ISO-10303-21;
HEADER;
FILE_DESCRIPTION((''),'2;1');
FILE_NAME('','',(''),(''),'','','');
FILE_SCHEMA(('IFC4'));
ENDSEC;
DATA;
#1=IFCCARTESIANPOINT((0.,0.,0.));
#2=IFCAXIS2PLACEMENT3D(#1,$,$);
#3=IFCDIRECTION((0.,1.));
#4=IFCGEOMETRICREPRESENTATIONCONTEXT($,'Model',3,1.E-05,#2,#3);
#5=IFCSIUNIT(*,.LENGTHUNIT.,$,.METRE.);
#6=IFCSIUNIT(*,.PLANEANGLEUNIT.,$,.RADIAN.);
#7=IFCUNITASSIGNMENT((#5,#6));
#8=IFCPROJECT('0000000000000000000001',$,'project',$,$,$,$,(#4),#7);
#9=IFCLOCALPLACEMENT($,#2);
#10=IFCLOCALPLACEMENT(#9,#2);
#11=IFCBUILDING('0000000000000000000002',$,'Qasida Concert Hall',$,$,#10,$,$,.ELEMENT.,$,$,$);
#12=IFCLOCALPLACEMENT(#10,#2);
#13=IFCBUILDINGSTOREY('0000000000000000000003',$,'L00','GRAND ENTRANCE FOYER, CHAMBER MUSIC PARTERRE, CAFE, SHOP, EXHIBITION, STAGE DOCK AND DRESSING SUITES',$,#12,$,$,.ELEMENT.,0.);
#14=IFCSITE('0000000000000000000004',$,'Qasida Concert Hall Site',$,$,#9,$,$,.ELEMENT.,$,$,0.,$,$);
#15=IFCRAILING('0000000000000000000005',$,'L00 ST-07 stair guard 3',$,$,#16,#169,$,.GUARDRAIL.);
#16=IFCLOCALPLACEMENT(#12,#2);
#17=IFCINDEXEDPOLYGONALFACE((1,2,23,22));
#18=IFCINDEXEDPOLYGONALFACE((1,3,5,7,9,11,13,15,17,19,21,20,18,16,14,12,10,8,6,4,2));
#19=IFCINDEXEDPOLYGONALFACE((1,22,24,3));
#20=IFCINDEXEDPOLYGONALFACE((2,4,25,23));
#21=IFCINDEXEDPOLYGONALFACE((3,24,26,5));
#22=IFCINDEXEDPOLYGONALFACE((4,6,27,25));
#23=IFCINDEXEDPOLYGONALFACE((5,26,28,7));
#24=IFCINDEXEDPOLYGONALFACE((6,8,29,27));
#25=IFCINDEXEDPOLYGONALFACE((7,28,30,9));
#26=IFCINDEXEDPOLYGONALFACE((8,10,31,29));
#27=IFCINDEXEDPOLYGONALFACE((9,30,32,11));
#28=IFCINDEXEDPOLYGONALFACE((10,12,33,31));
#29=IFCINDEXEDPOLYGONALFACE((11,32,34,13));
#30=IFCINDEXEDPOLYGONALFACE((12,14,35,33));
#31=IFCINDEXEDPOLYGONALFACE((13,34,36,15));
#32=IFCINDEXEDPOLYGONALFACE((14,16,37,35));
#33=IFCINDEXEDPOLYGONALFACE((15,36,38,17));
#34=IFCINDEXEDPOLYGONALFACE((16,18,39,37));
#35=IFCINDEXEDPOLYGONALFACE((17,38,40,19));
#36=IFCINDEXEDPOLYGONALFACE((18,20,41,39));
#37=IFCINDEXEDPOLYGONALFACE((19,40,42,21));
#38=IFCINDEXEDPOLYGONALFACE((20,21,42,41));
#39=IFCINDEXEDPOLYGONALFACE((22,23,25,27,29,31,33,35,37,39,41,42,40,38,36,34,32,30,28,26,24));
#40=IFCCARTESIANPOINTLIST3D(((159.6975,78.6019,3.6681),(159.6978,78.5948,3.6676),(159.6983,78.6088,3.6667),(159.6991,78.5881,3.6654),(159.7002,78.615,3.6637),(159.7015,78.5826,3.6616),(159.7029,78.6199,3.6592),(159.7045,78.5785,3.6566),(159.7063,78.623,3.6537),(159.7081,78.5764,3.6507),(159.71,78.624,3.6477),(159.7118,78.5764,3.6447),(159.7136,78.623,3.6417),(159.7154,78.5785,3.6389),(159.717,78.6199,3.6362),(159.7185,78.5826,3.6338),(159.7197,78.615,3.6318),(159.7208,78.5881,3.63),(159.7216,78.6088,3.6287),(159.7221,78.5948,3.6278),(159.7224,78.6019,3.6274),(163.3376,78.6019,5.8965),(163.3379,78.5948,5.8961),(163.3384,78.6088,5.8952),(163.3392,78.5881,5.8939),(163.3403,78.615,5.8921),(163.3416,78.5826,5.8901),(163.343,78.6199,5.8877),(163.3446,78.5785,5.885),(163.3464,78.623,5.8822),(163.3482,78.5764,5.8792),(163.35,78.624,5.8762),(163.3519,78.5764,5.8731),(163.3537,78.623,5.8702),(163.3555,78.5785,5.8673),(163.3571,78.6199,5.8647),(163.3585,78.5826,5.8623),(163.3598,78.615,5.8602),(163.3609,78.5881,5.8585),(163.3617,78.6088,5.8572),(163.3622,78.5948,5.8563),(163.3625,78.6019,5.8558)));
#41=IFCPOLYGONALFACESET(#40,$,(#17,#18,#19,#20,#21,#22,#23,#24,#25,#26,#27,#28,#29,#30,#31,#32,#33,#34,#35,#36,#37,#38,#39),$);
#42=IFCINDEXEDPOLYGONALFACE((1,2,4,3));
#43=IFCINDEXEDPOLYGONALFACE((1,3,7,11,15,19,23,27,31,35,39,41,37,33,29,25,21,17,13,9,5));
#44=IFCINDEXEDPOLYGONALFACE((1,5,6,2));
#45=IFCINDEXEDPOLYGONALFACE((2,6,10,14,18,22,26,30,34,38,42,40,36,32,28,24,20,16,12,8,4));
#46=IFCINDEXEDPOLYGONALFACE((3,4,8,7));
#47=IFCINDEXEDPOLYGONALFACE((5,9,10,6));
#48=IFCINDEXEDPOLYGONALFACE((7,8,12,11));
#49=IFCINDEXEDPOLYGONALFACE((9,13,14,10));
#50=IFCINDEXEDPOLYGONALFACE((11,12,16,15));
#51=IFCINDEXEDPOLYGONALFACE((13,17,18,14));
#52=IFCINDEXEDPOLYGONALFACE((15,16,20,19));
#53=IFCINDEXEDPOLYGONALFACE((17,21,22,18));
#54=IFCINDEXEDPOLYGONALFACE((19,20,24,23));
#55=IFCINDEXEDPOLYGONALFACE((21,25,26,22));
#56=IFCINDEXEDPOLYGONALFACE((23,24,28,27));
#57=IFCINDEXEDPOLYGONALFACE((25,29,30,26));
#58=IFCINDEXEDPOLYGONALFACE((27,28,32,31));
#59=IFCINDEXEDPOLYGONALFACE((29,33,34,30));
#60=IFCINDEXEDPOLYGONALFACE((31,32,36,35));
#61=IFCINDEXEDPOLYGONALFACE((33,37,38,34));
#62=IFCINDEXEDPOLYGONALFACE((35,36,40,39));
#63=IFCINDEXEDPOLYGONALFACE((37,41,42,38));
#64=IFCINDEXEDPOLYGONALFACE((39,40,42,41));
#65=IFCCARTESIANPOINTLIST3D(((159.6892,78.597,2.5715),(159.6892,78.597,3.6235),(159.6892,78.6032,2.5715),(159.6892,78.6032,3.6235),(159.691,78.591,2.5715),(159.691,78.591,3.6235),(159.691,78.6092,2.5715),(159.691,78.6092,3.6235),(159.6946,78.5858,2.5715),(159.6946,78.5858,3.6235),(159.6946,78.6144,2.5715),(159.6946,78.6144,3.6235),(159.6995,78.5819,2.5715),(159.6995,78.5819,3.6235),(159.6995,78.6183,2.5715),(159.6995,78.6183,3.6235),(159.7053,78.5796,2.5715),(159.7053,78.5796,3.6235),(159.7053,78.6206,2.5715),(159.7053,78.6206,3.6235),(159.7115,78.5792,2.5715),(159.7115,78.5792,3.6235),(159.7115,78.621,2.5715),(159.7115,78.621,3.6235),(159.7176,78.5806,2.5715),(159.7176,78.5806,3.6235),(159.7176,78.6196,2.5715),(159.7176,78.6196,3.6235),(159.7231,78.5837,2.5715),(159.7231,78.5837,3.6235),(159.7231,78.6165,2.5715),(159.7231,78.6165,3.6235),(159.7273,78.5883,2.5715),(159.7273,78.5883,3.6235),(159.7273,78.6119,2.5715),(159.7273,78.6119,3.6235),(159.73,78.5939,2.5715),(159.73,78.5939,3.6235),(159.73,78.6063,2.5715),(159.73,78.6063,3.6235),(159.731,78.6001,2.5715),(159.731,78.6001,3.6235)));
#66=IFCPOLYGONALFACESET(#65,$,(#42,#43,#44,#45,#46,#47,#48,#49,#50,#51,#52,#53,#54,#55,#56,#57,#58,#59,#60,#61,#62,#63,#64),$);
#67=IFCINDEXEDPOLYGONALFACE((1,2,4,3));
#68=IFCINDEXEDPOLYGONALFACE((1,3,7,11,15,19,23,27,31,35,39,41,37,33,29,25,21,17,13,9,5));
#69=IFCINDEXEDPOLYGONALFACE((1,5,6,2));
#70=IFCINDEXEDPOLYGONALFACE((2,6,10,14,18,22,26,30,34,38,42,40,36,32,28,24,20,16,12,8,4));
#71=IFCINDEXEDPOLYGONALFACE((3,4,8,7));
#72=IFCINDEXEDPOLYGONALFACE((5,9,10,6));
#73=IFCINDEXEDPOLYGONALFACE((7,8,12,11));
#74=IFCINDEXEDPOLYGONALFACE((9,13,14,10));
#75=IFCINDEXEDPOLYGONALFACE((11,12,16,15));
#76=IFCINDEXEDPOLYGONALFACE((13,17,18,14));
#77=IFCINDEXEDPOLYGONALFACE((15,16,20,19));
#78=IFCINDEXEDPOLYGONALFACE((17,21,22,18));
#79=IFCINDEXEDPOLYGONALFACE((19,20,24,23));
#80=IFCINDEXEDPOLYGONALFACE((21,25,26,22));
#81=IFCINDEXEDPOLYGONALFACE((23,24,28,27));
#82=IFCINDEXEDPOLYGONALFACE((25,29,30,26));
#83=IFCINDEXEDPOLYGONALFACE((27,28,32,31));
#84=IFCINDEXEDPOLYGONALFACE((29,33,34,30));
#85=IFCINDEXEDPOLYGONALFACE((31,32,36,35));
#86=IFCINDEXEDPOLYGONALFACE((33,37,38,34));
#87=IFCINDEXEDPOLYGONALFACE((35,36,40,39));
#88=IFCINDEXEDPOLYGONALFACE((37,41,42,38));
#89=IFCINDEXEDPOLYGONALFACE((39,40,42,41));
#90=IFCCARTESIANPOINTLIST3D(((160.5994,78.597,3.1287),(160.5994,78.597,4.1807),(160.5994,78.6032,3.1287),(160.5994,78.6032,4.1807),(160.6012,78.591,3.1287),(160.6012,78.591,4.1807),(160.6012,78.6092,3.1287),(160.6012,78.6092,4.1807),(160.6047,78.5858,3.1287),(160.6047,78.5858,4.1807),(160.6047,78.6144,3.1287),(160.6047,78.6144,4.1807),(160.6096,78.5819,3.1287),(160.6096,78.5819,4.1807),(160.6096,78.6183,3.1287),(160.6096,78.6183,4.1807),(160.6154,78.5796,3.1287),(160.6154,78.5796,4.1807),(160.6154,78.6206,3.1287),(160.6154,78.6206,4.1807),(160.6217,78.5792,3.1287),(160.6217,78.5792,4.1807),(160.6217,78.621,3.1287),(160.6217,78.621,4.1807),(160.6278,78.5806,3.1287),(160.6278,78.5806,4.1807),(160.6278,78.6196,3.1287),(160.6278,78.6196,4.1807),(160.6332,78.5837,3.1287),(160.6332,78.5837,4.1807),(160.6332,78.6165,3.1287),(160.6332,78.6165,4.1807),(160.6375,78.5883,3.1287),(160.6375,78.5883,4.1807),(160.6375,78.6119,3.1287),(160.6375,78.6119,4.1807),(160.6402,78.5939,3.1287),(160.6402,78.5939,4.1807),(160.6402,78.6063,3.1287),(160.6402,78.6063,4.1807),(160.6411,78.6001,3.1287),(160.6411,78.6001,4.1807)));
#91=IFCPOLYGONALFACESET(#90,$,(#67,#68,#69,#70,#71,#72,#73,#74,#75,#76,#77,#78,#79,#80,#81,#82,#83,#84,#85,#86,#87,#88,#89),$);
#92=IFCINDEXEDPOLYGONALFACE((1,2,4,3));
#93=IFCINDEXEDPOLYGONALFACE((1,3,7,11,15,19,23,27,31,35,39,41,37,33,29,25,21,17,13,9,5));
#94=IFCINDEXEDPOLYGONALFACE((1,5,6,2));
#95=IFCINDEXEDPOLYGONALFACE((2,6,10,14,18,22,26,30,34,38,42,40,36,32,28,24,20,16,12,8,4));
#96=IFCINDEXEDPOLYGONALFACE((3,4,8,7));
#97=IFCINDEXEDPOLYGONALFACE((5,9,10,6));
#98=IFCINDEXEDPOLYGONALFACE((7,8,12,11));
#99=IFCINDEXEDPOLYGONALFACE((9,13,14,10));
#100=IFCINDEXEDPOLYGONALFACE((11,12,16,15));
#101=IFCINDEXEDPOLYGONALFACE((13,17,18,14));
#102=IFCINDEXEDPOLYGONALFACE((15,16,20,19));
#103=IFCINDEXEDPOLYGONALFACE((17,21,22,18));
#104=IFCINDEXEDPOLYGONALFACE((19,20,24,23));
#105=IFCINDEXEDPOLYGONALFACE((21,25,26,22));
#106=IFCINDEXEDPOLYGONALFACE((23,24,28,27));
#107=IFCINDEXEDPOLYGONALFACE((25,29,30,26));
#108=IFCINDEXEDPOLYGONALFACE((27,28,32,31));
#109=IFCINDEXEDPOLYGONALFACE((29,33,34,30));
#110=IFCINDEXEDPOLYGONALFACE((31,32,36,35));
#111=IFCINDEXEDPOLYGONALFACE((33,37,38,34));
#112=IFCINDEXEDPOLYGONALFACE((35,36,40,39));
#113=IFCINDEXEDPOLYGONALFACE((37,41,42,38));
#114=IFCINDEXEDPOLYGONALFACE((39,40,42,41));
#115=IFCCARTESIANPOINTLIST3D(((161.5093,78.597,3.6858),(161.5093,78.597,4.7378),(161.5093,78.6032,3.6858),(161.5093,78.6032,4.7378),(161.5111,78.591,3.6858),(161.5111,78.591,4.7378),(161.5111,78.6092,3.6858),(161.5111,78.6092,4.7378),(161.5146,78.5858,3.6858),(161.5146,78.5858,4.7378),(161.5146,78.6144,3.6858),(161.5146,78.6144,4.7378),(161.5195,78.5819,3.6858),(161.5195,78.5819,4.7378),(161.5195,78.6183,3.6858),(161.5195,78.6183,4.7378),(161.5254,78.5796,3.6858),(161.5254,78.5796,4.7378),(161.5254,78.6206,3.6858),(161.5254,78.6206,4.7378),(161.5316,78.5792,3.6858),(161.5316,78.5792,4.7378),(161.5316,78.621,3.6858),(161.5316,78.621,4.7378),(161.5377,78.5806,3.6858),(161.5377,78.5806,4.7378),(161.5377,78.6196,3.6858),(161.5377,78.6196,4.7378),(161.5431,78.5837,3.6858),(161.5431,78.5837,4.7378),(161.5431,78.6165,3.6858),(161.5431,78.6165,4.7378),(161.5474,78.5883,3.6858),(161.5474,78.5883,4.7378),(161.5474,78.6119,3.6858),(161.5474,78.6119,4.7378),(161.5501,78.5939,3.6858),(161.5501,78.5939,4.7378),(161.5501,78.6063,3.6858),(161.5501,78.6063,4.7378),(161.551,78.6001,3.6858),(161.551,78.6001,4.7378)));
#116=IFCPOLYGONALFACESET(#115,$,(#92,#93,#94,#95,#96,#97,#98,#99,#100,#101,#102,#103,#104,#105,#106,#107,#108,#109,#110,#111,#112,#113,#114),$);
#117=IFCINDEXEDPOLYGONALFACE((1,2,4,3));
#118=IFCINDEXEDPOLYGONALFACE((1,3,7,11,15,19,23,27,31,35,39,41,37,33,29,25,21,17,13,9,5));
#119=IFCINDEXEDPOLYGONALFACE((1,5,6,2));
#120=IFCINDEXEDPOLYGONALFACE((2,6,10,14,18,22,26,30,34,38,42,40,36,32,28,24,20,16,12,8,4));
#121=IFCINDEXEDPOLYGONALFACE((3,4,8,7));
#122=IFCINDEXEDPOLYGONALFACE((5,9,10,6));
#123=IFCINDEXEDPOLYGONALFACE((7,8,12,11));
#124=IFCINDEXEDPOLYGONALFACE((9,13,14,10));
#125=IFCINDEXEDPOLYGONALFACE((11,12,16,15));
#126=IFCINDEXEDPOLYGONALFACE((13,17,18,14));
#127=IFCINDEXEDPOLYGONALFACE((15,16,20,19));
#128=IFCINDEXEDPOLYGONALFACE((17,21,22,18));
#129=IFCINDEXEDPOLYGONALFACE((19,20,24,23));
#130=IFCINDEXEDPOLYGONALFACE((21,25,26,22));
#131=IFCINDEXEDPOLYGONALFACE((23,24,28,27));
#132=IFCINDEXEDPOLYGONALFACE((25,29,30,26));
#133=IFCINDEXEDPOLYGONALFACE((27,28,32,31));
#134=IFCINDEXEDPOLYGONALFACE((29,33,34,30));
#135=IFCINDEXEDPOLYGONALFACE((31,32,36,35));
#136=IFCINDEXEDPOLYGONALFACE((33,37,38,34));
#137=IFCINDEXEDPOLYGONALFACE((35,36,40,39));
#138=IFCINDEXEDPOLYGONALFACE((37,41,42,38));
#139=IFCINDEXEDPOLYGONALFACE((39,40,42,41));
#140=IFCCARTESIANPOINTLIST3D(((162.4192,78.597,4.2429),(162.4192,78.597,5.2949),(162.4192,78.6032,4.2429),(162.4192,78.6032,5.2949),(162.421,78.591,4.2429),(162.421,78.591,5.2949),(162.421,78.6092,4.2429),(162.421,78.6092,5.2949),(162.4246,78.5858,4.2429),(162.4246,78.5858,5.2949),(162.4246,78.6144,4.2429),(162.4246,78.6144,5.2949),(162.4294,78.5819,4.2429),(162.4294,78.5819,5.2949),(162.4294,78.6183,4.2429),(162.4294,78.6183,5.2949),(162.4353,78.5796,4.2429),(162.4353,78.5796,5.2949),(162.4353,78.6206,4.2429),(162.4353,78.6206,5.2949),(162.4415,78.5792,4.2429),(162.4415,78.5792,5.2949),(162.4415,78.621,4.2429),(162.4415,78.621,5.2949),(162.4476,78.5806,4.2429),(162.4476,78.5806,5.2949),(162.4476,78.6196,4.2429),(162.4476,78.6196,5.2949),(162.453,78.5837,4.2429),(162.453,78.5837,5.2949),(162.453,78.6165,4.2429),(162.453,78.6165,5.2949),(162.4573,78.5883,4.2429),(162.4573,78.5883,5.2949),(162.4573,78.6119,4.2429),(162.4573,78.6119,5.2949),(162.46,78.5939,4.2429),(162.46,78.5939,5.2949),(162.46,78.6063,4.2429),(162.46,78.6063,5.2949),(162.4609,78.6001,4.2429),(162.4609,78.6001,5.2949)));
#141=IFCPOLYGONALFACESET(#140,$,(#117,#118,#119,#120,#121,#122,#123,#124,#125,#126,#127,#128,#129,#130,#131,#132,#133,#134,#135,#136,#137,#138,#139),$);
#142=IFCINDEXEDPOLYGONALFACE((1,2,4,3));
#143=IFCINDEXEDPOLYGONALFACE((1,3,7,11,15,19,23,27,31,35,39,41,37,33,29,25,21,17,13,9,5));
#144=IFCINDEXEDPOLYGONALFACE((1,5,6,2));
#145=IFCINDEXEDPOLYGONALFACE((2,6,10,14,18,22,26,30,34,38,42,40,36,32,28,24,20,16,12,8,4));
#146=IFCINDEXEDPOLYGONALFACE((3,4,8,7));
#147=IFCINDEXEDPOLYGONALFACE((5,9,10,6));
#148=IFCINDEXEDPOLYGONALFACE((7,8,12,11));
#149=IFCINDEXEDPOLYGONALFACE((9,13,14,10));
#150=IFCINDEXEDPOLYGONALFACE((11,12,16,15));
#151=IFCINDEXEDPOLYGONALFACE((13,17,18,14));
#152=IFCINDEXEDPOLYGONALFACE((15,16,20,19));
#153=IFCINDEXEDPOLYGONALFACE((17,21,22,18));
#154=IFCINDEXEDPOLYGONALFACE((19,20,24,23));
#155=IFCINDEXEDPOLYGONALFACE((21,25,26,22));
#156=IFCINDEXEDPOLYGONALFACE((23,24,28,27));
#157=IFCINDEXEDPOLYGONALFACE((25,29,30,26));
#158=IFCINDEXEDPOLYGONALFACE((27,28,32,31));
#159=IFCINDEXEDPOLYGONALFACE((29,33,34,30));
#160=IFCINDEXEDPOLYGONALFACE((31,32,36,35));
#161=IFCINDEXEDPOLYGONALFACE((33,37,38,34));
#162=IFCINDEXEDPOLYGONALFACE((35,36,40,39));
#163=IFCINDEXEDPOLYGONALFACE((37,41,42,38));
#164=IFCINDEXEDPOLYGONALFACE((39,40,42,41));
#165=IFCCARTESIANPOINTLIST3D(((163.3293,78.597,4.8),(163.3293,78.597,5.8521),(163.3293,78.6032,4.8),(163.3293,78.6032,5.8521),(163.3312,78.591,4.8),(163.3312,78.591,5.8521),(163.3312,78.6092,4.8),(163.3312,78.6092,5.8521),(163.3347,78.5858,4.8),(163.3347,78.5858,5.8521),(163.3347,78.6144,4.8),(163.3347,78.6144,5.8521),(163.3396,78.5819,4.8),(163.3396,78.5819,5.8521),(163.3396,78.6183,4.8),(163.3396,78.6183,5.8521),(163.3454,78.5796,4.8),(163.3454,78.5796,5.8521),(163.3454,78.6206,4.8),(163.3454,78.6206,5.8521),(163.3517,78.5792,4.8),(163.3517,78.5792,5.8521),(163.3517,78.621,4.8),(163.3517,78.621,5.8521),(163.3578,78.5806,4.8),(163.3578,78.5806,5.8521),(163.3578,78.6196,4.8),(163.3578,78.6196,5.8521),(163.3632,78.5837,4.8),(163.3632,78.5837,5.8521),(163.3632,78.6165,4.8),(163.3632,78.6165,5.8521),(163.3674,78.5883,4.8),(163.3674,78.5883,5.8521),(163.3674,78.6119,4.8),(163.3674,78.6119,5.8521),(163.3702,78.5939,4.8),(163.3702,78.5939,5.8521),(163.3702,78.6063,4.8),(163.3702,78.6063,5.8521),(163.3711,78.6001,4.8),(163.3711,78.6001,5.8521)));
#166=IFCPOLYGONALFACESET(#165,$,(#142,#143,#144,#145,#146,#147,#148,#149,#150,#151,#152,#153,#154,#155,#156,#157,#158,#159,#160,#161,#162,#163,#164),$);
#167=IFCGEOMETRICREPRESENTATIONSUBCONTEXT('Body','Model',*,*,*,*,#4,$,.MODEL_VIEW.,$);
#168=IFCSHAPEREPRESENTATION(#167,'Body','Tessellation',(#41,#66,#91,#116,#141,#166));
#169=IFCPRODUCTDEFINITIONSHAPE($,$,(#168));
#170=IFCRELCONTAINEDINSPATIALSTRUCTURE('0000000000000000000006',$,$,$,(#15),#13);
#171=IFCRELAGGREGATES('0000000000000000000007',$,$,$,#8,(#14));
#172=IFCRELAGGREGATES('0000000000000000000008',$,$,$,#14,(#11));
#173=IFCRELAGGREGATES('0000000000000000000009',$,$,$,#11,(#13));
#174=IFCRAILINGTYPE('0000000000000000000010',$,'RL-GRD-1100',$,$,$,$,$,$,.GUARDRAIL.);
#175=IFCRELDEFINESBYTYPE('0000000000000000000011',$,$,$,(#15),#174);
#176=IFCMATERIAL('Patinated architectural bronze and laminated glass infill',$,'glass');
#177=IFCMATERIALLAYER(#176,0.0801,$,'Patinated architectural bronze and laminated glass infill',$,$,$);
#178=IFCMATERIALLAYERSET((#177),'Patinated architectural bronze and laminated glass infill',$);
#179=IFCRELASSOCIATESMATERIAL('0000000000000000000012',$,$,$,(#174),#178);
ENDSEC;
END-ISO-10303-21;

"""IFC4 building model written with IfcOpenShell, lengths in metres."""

from ifc_helpers import new_model, si_unit, direction, frame, origin, origin_2d, place, context, subcontext, project, spatial, circle, extrude, material, layer, layer_set, type_object, element, save


model = new_model("IFC4")

# Units and contexts
model_context = context("Model", 3, precision=1e-05, world=origin(), true_north=direction((0.0, 1.0)))
body_context = subcontext(model_context, "Body", "Model", "MODEL_VIEW")
ifc_project = project(units=[si_unit("LENGTHUNIT", "METRE"), si_unit("PLANEANGLEUNIT", "RADIAN")], contexts=[model_context])

# Site, building, storey
site_placement = place(None, origin())
site = spatial("IfcSite", under=ifc_project, at=site_placement, Name="Qasida Concert Hall Site", CompositionType="ELEMENT", RefElevation=0.0)
building_placement = place(site_placement, origin())
building = spatial("IfcBuilding", under=site, at=building_placement, Name="Qasida Concert Hall", CompositionType="ELEMENT")
storey_placement = place(building_placement, origin())
storey = spatial("IfcBuildingStorey", under=building, at=storey_placement, Name="L00", Description="GRAND ENTRANCE FOYER, CHAMBER MUSIC PARTERRE, CAFE, SHOP, EXHIBITION, STAGE DOCK AND DRESSING SUITES", CompositionType="ELEMENT", Elevation=0.0)

# Railing
ifc_material_1 = material(Name="Patinated architectural bronze and laminated glass infill", Category="glass")
ifc_layer_1 = layer(ifc_material_1, 0.0801, Name="Patinated architectural bronze and laminated glass infill")
ifc_layer_set_1 = layer_set([ifc_layer_1], Name="Patinated architectural bronze and laminated glass infill")
railing_type_1 = type_object("IfcRailingType", Name="RL-GRD-1100", PredefinedType="GUARDRAIL", material=ifc_layer_set_1)
railing_1_placement = place(storey_placement, frame((159.71, 78.6001, 2.5715)))
element("IfcRailing", 1, at=railing_1_placement, inside=storey, type_object=railing_type_1, Name="L00 ST-07 stair guard 3", PredefinedType="GUARDRAIL", context=body_context, shape_type="SweptSolid", body=[
    extrude(circle(Radius=0.0239, at=origin_2d()), frame((0.0, 0.0, 1.0762), z_axis=(0.852866, 0.0, 0.52213), x_axis=(0.0, 1.0, 0.0)), (0.0, 0.0, 1.0), 4.2681),
    extrude(circle(Radius=0.021, at=origin_2d()), origin(), (0.0, 0.0, 1.0), 1.052),
    extrude(circle(Radius=0.021, at=origin_2d()), frame((0.9102, 0.0, 0.5571)), (0.0, 0.0, 1.0), 1.052),
    extrude(circle(Radius=0.021, at=origin_2d()), frame((1.8201, 0.0, 1.1143)), (0.0, 0.0, 1.0), 1.052),
    extrude(circle(Radius=0.021, at=origin_2d()), frame((2.73, 0.0, 1.6714)), (0.0, 0.0, 1.0), 1.052),
    extrude(circle(Radius=0.021, at=origin_2d()), frame((3.6401, 0.0, 2.2285)), (0.0, 0.0, 1.0), 1.052),
])

save(model, "model.ifc")
